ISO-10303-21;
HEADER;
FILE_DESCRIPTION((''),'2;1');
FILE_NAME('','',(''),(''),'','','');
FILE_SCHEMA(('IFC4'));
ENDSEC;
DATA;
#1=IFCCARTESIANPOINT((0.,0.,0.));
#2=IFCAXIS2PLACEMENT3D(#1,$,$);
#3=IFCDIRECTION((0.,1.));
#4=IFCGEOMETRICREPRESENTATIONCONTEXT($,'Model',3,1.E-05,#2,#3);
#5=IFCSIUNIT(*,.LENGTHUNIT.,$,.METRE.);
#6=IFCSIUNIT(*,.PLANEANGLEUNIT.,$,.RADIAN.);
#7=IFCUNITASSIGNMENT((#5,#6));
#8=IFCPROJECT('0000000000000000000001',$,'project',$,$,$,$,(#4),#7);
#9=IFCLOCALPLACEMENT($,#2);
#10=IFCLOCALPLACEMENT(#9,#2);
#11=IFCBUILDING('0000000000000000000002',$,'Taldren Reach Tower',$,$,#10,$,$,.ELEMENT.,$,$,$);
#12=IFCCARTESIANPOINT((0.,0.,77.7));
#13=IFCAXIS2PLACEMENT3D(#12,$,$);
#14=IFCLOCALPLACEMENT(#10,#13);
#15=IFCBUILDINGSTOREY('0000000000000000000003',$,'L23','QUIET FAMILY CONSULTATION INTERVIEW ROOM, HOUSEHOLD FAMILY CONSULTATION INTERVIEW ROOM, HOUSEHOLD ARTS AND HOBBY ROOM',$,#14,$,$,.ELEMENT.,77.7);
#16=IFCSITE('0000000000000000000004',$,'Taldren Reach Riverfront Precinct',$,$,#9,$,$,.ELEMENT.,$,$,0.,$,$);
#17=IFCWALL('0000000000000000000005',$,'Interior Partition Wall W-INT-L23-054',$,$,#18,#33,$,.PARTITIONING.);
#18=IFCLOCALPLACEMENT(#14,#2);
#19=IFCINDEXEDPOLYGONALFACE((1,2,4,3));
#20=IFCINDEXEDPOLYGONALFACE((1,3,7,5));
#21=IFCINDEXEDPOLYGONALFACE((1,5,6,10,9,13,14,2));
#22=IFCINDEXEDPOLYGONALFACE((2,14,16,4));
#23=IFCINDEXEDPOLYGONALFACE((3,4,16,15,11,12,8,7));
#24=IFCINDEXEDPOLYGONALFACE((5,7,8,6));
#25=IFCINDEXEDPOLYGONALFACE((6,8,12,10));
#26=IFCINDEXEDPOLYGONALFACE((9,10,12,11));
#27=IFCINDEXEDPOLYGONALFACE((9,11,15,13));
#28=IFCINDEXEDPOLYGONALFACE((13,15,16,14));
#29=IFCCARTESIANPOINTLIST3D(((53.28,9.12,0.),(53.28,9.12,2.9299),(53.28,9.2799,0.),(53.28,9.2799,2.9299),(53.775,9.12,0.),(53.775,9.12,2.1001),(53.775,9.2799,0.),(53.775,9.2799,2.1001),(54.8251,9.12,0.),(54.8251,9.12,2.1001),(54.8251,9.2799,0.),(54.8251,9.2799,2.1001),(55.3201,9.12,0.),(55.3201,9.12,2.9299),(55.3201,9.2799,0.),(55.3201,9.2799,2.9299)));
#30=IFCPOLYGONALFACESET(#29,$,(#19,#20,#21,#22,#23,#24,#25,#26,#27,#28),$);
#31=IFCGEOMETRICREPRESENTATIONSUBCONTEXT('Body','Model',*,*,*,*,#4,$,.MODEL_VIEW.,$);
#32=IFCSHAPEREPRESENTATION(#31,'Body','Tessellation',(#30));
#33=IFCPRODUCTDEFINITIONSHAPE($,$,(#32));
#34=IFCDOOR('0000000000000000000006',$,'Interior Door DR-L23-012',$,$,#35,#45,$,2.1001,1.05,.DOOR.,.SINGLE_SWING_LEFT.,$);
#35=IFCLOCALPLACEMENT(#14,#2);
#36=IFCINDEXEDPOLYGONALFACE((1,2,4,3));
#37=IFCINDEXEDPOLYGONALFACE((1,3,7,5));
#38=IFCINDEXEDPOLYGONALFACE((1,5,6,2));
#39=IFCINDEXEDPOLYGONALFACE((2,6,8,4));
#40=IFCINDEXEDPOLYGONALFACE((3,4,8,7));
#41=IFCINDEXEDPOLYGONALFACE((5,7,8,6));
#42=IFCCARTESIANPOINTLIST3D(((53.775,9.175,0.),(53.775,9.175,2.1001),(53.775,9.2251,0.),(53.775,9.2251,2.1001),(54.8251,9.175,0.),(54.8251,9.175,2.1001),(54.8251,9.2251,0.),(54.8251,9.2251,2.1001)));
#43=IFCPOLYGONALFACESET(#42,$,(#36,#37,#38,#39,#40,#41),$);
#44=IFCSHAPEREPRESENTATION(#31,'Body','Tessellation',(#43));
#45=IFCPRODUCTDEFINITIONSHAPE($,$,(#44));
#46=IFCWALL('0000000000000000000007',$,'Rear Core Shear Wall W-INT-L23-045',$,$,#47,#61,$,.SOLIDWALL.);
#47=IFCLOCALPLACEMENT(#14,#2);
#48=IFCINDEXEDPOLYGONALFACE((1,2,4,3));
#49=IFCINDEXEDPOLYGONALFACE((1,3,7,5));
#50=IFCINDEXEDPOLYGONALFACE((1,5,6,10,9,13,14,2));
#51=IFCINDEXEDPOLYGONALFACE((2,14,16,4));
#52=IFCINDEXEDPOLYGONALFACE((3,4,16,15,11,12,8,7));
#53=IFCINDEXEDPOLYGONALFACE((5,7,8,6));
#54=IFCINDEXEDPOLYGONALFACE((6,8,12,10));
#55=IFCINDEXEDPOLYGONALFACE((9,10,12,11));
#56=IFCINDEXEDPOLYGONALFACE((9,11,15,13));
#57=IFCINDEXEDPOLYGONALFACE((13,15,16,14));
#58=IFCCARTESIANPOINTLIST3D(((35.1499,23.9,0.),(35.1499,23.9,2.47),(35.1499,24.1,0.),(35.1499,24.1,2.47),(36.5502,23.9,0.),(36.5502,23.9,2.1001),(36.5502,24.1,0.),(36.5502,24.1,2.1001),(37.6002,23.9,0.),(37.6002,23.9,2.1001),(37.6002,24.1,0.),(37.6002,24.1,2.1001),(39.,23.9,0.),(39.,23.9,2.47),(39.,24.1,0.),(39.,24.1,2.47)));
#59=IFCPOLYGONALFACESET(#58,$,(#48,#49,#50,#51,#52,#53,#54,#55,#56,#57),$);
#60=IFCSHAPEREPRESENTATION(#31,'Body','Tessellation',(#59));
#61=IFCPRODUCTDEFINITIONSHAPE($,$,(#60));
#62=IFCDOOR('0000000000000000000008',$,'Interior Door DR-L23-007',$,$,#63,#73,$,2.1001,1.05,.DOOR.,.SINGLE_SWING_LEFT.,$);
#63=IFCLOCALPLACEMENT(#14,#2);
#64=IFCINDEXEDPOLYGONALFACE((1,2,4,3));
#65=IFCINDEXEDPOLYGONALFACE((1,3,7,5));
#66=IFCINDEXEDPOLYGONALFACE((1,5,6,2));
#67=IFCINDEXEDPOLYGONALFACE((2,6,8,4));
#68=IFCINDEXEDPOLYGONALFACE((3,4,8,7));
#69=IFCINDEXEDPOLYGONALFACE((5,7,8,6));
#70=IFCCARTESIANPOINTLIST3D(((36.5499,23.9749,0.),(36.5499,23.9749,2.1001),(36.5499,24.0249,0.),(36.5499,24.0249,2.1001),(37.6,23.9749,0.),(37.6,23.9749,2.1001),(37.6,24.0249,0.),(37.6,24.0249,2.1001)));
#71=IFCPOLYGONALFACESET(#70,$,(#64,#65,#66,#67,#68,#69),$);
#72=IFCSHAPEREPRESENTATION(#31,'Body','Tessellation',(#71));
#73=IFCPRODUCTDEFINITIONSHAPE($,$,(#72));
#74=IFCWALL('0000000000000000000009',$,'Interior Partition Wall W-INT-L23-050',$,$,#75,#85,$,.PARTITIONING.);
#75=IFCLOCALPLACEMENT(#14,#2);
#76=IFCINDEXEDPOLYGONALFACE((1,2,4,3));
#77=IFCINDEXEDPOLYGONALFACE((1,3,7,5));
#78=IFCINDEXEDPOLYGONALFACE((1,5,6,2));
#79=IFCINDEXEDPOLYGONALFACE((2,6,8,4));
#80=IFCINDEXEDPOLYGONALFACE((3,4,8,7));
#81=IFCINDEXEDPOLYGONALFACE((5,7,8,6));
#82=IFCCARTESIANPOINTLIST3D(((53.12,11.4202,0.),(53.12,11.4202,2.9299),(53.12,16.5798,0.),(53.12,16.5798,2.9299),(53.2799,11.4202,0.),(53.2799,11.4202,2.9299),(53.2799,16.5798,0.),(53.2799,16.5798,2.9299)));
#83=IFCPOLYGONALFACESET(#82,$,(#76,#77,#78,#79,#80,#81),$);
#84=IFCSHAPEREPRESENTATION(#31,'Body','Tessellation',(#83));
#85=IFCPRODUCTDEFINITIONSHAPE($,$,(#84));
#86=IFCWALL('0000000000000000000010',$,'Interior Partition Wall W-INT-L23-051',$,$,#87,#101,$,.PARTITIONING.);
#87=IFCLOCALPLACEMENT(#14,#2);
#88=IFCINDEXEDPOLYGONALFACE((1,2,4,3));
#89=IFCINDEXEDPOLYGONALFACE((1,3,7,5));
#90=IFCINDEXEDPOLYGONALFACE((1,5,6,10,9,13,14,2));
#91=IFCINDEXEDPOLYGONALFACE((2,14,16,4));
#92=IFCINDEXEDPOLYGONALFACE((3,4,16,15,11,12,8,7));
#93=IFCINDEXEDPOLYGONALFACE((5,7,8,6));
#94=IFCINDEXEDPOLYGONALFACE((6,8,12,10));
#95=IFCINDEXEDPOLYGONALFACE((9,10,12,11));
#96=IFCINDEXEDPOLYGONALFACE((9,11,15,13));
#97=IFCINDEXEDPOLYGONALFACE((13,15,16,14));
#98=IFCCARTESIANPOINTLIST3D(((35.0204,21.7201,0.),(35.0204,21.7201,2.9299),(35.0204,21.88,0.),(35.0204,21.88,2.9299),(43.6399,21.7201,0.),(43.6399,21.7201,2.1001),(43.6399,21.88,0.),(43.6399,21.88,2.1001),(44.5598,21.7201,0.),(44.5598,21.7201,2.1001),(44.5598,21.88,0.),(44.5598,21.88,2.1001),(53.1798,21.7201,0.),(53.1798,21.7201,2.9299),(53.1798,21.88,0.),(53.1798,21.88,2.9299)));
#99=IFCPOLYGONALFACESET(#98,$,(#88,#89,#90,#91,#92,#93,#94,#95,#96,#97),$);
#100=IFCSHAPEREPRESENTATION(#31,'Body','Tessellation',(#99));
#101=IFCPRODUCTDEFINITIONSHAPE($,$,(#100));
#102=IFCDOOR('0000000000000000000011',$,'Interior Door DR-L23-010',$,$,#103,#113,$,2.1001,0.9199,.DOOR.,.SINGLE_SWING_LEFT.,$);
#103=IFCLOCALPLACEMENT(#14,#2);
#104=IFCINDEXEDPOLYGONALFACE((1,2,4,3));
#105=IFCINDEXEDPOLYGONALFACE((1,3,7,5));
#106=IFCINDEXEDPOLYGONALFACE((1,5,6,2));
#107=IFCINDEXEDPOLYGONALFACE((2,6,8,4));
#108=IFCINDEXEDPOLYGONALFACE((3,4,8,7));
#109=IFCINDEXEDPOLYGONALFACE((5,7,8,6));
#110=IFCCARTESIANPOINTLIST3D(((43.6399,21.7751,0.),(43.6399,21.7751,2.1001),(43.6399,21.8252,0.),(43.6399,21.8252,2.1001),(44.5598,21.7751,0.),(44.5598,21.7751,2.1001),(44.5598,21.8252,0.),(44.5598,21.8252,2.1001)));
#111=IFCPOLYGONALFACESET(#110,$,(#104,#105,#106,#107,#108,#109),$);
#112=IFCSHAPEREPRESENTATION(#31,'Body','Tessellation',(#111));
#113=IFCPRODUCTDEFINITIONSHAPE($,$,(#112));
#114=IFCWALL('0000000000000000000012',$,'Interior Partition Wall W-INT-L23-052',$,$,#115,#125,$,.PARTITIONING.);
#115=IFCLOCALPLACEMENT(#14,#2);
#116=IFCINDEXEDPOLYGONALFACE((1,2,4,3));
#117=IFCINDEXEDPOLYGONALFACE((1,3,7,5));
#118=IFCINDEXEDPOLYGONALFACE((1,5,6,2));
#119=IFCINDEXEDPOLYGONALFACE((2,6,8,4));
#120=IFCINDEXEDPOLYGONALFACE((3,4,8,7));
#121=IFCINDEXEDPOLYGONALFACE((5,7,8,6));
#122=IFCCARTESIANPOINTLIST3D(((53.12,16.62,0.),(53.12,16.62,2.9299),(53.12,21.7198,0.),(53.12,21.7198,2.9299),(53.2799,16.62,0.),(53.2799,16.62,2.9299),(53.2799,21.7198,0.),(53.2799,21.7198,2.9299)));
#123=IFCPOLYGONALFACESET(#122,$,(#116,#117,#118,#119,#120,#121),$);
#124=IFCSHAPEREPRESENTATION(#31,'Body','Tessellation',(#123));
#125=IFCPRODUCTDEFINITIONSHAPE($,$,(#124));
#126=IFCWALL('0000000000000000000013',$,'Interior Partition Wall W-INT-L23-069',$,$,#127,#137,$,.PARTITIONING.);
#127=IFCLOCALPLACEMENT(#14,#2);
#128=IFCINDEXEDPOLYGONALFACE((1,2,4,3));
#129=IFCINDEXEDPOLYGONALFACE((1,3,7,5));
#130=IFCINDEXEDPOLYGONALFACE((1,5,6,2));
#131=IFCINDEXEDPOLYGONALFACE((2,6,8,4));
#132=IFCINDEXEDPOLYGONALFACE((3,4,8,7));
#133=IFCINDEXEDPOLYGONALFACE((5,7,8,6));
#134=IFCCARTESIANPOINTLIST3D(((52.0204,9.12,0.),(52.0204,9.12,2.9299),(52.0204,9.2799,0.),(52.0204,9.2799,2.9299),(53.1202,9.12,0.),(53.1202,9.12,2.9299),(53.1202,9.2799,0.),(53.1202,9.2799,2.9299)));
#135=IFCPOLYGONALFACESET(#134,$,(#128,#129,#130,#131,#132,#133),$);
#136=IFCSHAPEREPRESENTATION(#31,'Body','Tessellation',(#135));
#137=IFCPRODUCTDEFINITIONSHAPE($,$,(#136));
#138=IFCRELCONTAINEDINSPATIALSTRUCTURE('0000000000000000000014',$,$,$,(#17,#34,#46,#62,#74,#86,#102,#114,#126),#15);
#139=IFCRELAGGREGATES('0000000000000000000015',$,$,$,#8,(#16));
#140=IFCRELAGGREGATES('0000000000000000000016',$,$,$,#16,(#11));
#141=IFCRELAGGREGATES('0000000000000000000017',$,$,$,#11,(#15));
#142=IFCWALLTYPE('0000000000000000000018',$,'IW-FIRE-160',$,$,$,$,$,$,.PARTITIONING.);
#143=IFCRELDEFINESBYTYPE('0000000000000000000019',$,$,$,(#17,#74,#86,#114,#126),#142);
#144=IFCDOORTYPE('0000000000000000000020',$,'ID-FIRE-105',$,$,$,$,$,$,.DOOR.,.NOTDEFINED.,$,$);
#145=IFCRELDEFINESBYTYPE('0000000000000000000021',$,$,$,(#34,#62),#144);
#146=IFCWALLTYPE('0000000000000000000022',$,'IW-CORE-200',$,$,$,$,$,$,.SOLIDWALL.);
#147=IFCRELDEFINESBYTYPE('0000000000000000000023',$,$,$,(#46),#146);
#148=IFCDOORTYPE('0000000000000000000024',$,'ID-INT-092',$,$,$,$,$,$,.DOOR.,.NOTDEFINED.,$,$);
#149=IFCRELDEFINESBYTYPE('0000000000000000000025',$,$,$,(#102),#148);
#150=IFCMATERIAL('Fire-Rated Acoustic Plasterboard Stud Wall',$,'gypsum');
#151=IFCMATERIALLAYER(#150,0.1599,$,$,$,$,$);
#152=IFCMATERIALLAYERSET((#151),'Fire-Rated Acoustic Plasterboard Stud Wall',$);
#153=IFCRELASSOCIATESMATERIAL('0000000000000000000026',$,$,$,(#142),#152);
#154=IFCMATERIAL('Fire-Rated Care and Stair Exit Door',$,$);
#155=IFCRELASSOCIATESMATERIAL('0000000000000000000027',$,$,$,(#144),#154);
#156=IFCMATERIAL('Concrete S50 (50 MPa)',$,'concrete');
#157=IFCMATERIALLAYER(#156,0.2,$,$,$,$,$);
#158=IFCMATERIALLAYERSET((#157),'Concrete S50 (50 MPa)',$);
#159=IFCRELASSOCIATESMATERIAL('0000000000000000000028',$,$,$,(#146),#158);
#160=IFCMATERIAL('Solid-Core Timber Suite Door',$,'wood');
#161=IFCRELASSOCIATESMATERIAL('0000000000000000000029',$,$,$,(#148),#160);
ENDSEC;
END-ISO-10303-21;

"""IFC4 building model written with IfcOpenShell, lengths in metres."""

from ifc_helpers import new_model, si_unit, direction, frame, frame_2d, origin, place, context, subcontext, project, spatial, rectangle, extrude, source, transform, mapped, material, layer, layer_set, type_object, element, fill, save


model = new_model("IFC4")

# Units and contexts
model_context = context("Model", 3, precision=1e-05, world=origin(), true_north=direction((0.0, 1.0)))
body_context = subcontext(model_context, "Body", "Model", "MODEL_VIEW")
ifc_project = project(units=[si_unit("LENGTHUNIT", "METRE"), si_unit("PLANEANGLEUNIT", "RADIAN")], contexts=[model_context])

# Site, building, storey
site_placement = place(None, origin())
site = spatial("IfcSite", under=ifc_project, at=site_placement, Name="Taldren Reach Riverfront Precinct", CompositionType="ELEMENT", RefElevation=0.0)
building_placement = place(site_placement, origin())
building = spatial("IfcBuilding", under=site, at=building_placement, Name="Taldren Reach Tower", CompositionType="ELEMENT")
storey_placement = place(building_placement, frame((0.0, 0.0, 77.7)))
storey = spatial("IfcBuildingStorey", under=building, at=storey_placement, Name="L23", Description="QUIET FAMILY CONSULTATION INTERVIEW ROOM, HOUSEHOLD FAMILY CONSULTATION INTERVIEW ROOM, HOUSEHOLD ARTS AND HOBBY ROOM", CompositionType="ELEMENT", Elevation=77.7)

# Walls, openings, doors
ifc_material_1 = material(Name="Fire-Rated Acoustic Plasterboard Stud Wall", Category="gypsum")
ifc_layer_1 = layer(ifc_material_1, 0.1599)
ifc_layer_set_1 = layer_set([ifc_layer_1], Name="Fire-Rated Acoustic Plasterboard Stud Wall")
wall_type_1 = type_object("IfcWallType", Name="IW-FIRE-160", PredefinedType="PARTITIONING", material=ifc_layer_set_1)
shared_shape_1 = source(origin(), body_context, "Body", "SweptSolid", [
    extrude(rectangle(XDim=2.04, YDim=0.1599, at=frame_2d((1.02, 0.0))), origin(), (0.0, 0.0, 1.0), 2.9299),
])
wall_1_placement = place(storey_placement, frame((55.3201, 9.2, 0.0), z_axis=(0.0, 0.0, 1.0), x_axis=(-1.0, 0.0, 0.0)))
wall_1 = element("IfcWall", 1, at=wall_1_placement, inside=storey, type_object=wall_type_1, Name="Interior Partition Wall W-INT-L23-054", PredefinedType="PARTITIONING", context=body_context, shape_type="MappedRepresentation", body=[
    mapped(shared_shape_1, transform((0.0, 0.0, 0.0), scale=1.0)),
])
shared_shape_2 = source(origin(), body_context, "Body", "SweptSolid", [
    extrude(rectangle(XDim=1.05, YDim=2.1001, at=frame_2d((0.5249, 1.05))), frame((0.0, 0.0898, 0.0), z_axis=(0.0, -1.0, 0.0), x_axis=(1.0, 0.0, 0.0)), (0.0, 0.0, 1.0), 0.1799),
])
opening_1_placement = place(wall_1_placement, frame((0.4951, 0.0, 0.0)))
opening_1 = element("IfcOpeningElement", 2, at=opening_1_placement, cuts=wall_1, PredefinedType="OPENING", context=body_context, shape_type="MappedRepresentation", body=[
    mapped(shared_shape_2, transform((0.0, 0.0, 0.0), scale=1.0)),
])
ifc_material_2 = material(Name="Fire-Rated Care and Stair Exit Door")
door_type_1 = type_object("IfcDoorType", Name="ID-FIRE-105", OperationType="NOTDEFINED", PredefinedType="DOOR", material=ifc_material_2)
shared_shape_3 = source(origin(), body_context, "Body", "SweptSolid", [
    extrude(rectangle(XDim=1.05, YDim=2.1001, at=frame_2d((0.5249, 1.05))), frame((0.0, 0.0249, 0.0), z_axis=(0.0, -1.0, 0.0), x_axis=(1.0, 0.0, 0.0)), (0.0, 0.0, 1.0), 0.05),
])
door_1_placement = place(opening_1_placement, origin())
door_1 = element("IfcDoor", 3, at=door_1_placement, inside=storey, type_object=door_type_1, Name="Interior Door DR-L23-012", OperationType="SINGLE_SWING_LEFT", OverallHeight=2.1001, OverallWidth=1.05, PredefinedType="DOOR", context=body_context, shape_type="MappedRepresentation", body=[
    mapped(shared_shape_3, transform((0.0, 0.0, 0.0), scale=1.0)),
])
fill(opening_1, door_1)
ifc_material_3 = material(Name="Concrete S50 (50 MPa)", Category="concrete")
ifc_layer_2 = layer(ifc_material_3, 0.2)
ifc_layer_set_2 = layer_set([ifc_layer_2], Name="Concrete S50 (50 MPa)")
wall_type_2 = type_object("IfcWallType", Name="IW-CORE-200", PredefinedType="SOLIDWALL", material=ifc_layer_set_2)
shared_shape_4 = source(origin(), body_context, "Body", "SweptSolid", [
    extrude(rectangle(XDim=3.8501, YDim=0.2, at=frame_2d((1.925, 0.0))), origin(), (0.0, 0.0, 1.0), 2.47),
])
wall_2_placement = place(storey_placement, frame((39.0, 24.0, 0.0), z_axis=(0.0, 0.0, 1.0), x_axis=(-1.0, 0.0, 0.0)))
wall_2 = element("IfcWall", 4, at=wall_2_placement, inside=storey, type_object=wall_type_2, Name="Rear Core Shear Wall W-INT-L23-045", PredefinedType="SOLIDWALL", context=body_context, shape_type="MappedRepresentation", body=[
    mapped(shared_shape_4, transform((0.0, 0.0, 0.0), scale=1.0)),
])
shared_shape_5 = source(origin(), body_context, "Body", "SweptSolid", [
    extrude(rectangle(XDim=1.05, YDim=2.1001, at=frame_2d((0.5249, 1.05))), frame((0.0, 0.1099, 0.0), z_axis=(0.0, -1.0, 0.0), x_axis=(1.0, 0.0, 0.0)), (0.0, 0.0, 1.0), 0.22),
])
opening_2_placement = place(wall_2_placement, frame((1.3999, 0.0, 0.0)))
opening_2 = element("IfcOpeningElement", 5, at=opening_2_placement, cuts=wall_2, PredefinedType="OPENING", context=body_context, shape_type="MappedRepresentation", body=[
    mapped(shared_shape_5, transform((0.0, 0.0, 0.0), scale=1.0)),
])
door_2_placement = place(opening_2_placement, frame((1.05, 0.0, 0.0), z_axis=(0.0, 0.0, 1.0), x_axis=(-1.0, 0.0, 0.0)))
door_2 = element("IfcDoor", 6, at=door_2_placement, inside=storey, type_object=door_type_1, Name="Interior Door DR-L23-007", OperationType="SINGLE_SWING_LEFT", OverallHeight=2.1001, OverallWidth=1.05, PredefinedType="DOOR", context=body_context, shape_type="MappedRepresentation", body=[
    mapped(shared_shape_3, transform((0.0, 0.0, 0.0), scale=1.0)),
])
fill(opening_2, door_2)

# Wall
shared_shape_6 = source(origin(), body_context, "Body", "SweptSolid", [
    extrude(rectangle(XDim=5.1597, YDim=0.1599, at=frame_2d((2.5798, 0.0))), origin(), (0.0, 0.0, 1.0), 2.9299),
])
wall_3_placement = place(storey_placement, frame((53.2, 11.4202, 0.0), z_axis=(0.0, 0.0, 1.0), x_axis=(0.0, 1.0, 0.0)))
element("IfcWall", 7, at=wall_3_placement, inside=storey, type_object=wall_type_1, Name="Interior Partition Wall W-INT-L23-050", PredefinedType="PARTITIONING", context=body_context, shape_type="MappedRepresentation", body=[
    mapped(shared_shape_6, transform((0.0, 0.0, 0.0), scale=1.0)),
])

# Wall, opening, door
shared_shape_7 = source(origin(), body_context, "Body", "SweptSolid", [
    extrude(rectangle(XDim=18.1594, YDim=0.1599, at=frame_2d((9.0796, 0.0))), origin(), (0.0, 0.0, 1.0), 2.9299),
])
wall_4_placement = place(storey_placement, frame((53.1797, 21.8, 0.0), z_axis=(0.0, 0.0, 1.0), x_axis=(-1.0, 0.0, 0.0)))
wall_4 = element("IfcWall", 8, at=wall_4_placement, inside=storey, type_object=wall_type_1, Name="Interior Partition Wall W-INT-L23-051", PredefinedType="PARTITIONING", context=body_context, shape_type="MappedRepresentation", body=[
    mapped(shared_shape_7, transform((0.0, 0.0, 0.0), scale=1.0)),
])
shared_shape_8 = source(origin(), body_context, "Body", "SweptSolid", [
    extrude(rectangle(XDim=0.9199, YDim=2.1001, at=frame_2d((0.46, 1.05))), frame((0.0, 0.0898, 0.0), z_axis=(0.0, -1.0, 0.0), x_axis=(1.0, 0.0, 0.0)), (0.0, 0.0, 1.0), 0.1799),
])
opening_3_placement = place(wall_4_placement, frame((8.6199, 0.0, 0.0)))
opening_3 = element("IfcOpeningElement", 9, at=opening_3_placement, cuts=wall_4, PredefinedType="OPENING", context=body_context, shape_type="MappedRepresentation", body=[
    mapped(shared_shape_8, transform((0.0, 0.0, 0.0), scale=1.0)),
])
ifc_material_4 = material(Name="Solid-Core Timber Suite Door", Category="wood")
door_type_2 = type_object("IfcDoorType", Name="ID-INT-092", OperationType="NOTDEFINED", PredefinedType="DOOR", material=ifc_material_4)
shared_shape_9 = source(origin(), body_context, "Body", "SweptSolid", [
    extrude(rectangle(XDim=0.9199, YDim=2.1001, at=frame_2d((0.46, 1.05))), frame((0.0, 0.0249, 0.0), z_axis=(0.0, -1.0, 0.0), x_axis=(1.0, 0.0, 0.0)), (0.0, 0.0, 1.0), 0.05),
])
door_3_placement = place(opening_3_placement, origin())
door_3 = element("IfcDoor", 10, at=door_3_placement, inside=storey, type_object=door_type_2, Name="Interior Door DR-L23-010", OperationType="SINGLE_SWING_LEFT", OverallHeight=2.1001, OverallWidth=0.9199, PredefinedType="DOOR", context=body_context, shape_type="MappedRepresentation", body=[
    mapped(shared_shape_9, transform((0.0, 0.0, 0.0), scale=1.0)),
])
fill(opening_3, door_3)

# Walls
shared_shape_10 = source(origin(), body_context, "Body", "SweptSolid", [
    extrude(rectangle(XDim=5.0999, YDim=0.1599, at=frame_2d((2.5498, 0.0))), origin(), (0.0, 0.0, 1.0), 2.9299),
])
wall_5_placement = place(storey_placement, frame((53.2, 16.6201, 0.0), z_axis=(0.0, 0.0, 1.0), x_axis=(0.0, 1.0, 0.0)))
element("IfcWall", 11, at=wall_5_placement, inside=storey, type_object=wall_type_1, Name="Interior Partition Wall W-INT-L23-052", PredefinedType="PARTITIONING", context=body_context, shape_type="MappedRepresentation", body=[
    mapped(shared_shape_10, transform((0.0, 0.0, 0.0), scale=1.0)),
])
shared_shape_11 = source(origin(), body_context, "Body", "SweptSolid", [
    extrude(rectangle(XDim=1.0999, YDim=0.1599, at=frame_2d((0.5498, 0.0))), origin(), (0.0, 0.0, 1.0), 2.9299),
])
wall_6_placement = place(storey_placement, frame((53.1201, 9.2, 0.0), z_axis=(0.0, 0.0, 1.0), x_axis=(-1.0, 0.0, 0.0)))
element("IfcWall", 12, at=wall_6_placement, inside=storey, type_object=wall_type_1, Name="Interior Partition Wall W-INT-L23-069", PredefinedType="PARTITIONING", context=body_context, shape_type="MappedRepresentation", body=[
    mapped(shared_shape_11, transform((0.0, 0.0, 0.0), scale=1.0)),
])

save(model, "model.ifc")
